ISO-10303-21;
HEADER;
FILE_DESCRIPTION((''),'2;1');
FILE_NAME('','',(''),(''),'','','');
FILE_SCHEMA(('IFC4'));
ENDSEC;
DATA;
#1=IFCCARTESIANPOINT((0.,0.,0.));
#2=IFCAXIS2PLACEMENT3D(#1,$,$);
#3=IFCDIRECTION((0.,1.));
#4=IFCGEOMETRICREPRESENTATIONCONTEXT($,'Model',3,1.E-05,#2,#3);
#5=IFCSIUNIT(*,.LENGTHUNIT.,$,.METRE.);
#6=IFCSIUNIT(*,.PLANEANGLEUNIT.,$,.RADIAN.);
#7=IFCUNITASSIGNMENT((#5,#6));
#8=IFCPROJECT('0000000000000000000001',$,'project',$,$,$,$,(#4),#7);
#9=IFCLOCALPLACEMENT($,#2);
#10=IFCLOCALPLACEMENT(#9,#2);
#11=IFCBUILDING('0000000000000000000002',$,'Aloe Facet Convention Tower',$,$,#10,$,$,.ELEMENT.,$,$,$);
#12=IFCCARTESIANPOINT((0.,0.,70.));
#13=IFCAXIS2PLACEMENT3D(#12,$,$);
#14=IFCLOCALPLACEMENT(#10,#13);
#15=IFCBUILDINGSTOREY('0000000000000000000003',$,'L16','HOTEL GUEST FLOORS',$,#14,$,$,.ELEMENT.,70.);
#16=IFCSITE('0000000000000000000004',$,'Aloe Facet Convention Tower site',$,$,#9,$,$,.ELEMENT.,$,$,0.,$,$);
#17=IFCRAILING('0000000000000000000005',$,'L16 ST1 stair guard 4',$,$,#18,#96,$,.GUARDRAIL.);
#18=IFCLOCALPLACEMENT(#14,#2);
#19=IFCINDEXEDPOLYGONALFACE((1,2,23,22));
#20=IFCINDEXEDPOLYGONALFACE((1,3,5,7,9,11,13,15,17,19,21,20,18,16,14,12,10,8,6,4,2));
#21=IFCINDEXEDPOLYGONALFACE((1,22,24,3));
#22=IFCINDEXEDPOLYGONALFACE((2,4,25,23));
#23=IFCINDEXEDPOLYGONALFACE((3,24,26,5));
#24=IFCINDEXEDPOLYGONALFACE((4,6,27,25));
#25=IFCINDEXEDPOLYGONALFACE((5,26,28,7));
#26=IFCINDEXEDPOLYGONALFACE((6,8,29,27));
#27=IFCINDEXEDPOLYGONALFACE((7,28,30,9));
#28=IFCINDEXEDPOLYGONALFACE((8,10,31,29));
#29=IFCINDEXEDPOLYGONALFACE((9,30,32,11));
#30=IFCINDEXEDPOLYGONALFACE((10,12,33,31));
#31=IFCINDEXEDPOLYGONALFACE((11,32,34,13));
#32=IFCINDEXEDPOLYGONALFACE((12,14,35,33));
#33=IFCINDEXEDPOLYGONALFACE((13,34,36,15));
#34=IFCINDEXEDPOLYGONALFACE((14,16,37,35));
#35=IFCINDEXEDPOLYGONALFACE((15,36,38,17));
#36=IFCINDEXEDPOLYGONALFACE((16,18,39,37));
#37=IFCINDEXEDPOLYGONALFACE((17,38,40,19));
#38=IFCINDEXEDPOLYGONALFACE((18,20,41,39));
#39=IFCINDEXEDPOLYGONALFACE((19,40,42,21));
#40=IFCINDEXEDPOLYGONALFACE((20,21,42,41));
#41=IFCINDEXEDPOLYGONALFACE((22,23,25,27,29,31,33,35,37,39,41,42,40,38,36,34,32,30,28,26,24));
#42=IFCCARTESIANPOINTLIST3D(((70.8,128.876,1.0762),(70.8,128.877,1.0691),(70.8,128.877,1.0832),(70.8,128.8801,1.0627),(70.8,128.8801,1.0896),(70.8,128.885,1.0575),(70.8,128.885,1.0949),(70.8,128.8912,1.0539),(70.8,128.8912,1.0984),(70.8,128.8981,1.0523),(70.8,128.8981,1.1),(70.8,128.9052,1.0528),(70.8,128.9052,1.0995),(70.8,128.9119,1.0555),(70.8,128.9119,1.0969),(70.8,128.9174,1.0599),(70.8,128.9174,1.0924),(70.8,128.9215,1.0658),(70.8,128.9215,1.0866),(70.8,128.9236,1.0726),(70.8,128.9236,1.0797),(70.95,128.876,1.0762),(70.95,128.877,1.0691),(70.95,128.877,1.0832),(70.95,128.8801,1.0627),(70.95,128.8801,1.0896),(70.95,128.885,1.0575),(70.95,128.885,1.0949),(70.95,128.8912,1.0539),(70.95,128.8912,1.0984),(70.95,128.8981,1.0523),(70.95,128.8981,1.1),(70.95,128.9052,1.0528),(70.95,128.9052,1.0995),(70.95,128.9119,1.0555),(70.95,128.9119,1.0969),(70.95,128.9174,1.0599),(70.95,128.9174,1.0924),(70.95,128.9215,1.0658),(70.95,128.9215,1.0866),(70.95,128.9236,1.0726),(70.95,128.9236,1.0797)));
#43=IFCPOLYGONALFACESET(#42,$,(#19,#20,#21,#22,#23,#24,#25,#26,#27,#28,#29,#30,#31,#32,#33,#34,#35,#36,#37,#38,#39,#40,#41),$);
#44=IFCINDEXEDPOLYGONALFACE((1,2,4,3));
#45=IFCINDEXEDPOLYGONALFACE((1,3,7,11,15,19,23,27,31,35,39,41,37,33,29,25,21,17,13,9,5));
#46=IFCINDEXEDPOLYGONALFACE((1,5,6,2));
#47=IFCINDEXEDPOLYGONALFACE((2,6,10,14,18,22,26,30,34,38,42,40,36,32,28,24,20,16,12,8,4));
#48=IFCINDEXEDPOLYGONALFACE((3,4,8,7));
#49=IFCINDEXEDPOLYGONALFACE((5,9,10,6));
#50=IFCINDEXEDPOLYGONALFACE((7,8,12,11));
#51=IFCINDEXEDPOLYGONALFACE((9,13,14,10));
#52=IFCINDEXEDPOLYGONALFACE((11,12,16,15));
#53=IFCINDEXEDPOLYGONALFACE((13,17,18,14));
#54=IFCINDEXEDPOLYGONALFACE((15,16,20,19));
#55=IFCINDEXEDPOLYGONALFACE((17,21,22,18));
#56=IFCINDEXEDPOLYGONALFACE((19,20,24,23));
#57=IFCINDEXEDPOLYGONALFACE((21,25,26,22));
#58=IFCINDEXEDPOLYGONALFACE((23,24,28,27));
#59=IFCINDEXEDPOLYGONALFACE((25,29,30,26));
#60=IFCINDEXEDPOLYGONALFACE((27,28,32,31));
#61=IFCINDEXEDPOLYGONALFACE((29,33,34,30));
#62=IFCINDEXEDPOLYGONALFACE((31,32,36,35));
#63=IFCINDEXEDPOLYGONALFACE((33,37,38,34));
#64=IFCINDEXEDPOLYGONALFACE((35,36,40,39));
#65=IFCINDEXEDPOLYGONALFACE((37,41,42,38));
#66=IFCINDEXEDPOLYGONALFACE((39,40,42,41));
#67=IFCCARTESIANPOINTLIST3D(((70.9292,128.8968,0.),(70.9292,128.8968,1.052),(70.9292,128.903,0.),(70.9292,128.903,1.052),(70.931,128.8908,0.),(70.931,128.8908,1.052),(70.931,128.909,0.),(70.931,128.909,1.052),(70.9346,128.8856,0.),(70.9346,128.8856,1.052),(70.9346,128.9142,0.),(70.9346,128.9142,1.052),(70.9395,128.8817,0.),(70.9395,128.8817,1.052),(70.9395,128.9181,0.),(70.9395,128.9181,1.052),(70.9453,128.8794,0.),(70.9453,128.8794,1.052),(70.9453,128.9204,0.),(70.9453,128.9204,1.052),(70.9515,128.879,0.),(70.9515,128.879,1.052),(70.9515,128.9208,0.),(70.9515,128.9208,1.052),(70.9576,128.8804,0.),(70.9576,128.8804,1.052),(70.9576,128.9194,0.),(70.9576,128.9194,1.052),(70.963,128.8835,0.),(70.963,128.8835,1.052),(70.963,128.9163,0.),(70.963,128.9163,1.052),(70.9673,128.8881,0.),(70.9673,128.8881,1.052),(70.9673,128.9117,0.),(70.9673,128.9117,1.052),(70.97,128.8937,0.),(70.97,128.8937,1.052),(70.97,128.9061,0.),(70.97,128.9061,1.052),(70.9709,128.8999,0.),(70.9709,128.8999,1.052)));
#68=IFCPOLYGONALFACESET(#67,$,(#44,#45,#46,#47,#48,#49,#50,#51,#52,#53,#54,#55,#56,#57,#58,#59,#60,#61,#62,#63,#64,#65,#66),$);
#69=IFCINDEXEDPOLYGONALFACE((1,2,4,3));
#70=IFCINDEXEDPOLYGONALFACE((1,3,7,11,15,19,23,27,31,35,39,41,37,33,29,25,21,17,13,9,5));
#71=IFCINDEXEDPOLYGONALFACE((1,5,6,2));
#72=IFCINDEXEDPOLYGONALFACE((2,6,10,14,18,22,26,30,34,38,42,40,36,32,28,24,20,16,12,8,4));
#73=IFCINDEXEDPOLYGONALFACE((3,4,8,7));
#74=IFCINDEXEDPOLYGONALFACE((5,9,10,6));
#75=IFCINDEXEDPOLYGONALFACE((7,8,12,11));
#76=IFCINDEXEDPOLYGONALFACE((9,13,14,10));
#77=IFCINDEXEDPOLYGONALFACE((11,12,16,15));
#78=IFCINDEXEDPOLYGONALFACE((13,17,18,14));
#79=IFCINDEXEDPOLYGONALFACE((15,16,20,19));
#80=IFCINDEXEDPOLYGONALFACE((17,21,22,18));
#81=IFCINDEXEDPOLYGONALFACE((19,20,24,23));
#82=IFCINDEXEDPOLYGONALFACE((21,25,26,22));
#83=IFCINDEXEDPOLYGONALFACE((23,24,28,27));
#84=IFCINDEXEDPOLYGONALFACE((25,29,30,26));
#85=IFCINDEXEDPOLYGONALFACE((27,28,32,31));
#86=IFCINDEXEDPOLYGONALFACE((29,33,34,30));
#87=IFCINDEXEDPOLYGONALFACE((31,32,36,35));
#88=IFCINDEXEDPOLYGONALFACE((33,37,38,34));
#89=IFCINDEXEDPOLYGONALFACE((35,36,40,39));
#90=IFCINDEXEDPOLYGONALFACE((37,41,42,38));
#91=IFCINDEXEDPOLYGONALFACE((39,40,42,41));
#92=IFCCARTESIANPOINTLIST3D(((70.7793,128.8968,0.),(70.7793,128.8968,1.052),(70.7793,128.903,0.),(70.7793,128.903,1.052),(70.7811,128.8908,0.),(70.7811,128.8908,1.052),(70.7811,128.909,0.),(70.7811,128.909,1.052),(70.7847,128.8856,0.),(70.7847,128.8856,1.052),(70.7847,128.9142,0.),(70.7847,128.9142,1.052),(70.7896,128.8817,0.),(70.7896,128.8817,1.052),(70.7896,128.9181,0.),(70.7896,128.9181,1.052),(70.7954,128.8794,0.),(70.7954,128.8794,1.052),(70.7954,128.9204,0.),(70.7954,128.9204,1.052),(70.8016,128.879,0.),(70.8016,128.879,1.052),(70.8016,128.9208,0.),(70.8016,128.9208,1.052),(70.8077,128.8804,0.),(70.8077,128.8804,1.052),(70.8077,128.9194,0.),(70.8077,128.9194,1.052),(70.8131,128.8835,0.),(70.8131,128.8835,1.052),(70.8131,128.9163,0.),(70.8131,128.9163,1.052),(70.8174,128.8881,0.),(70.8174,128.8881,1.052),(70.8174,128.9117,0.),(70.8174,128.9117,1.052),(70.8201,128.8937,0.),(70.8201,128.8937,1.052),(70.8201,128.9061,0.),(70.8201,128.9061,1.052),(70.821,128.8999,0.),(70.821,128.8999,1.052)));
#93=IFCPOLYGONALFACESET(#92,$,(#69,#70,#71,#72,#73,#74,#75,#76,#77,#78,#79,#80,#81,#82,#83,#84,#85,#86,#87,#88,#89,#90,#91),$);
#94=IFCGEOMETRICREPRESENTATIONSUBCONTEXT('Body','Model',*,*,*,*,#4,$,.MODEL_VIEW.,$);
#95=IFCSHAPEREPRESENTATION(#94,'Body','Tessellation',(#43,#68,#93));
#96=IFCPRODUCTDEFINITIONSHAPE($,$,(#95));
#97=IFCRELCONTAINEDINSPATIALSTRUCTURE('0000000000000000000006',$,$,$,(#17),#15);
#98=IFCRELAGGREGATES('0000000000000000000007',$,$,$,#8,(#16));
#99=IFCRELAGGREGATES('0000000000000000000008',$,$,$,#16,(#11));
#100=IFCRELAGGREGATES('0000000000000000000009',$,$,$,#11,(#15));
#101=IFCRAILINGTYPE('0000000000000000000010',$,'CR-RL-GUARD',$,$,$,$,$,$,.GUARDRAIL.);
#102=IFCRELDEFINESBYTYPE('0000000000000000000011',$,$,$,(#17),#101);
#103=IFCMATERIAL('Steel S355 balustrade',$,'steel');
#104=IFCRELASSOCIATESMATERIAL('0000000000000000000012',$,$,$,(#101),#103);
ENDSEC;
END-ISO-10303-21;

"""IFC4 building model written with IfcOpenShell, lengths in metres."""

from ifc_helpers import new_model, si_unit, direction, frame, origin, origin_2d, place, context, subcontext, project, spatial, circle, extrude, material, type_object, element, save


model = new_model("IFC4")

# Units and contexts
model_context = context("Model", 3, precision=1e-05, world=origin(), true_north=direction((0.0, 1.0)))
body_context = subcontext(model_context, "Body", "Model", "MODEL_VIEW")
ifc_project = project(units=[si_unit("LENGTHUNIT", "METRE"), si_unit("PLANEANGLEUNIT", "RADIAN")], contexts=[model_context])

# Site, building, storey
site_placement = place(None, origin())
site = spatial("IfcSite", under=ifc_project, at=site_placement, Name="Aloe Facet Convention Tower site", CompositionType="ELEMENT", RefElevation=0.0)
building_placement = place(site_placement, origin())
building = spatial("IfcBuilding", under=site, at=building_placement, Name="Aloe Facet Convention Tower", CompositionType="ELEMENT")
storey_placement = place(building_placement, frame((0.0, 0.0, 70.0)))
storey = spatial("IfcBuildingStorey", under=building, at=storey_placement, Name="L16", Description="HOTEL GUEST FLOORS", CompositionType="ELEMENT", Elevation=70.0)

# Railing
ifc_material_1 = material(Name="Steel S355 balustrade", Category="steel")
railing_type_1 = type_object("IfcRailingType", Name="CR-RL-GUARD", PredefinedType="GUARDRAIL", material=ifc_material_1)
railing_1_placement = place(storey_placement, frame((70.95, 128.8999, 0.0)))
element("IfcRailing", 1, at=railing_1_placement, inside=storey, type_object=railing_type_1, Name="L16 ST1 stair guard 4", PredefinedType="GUARDRAIL", context=body_context, shape_type="SweptSolid", body=[
    extrude(circle(Radius=0.0239, at=origin_2d()), frame((0.0, 0.0, 1.0762), z_axis=(-1.0, 0.0, 0.0), x_axis=(0.0, -1.0, 0.0)), (0.0, 0.0, 1.0), 0.1499),
    extrude(circle(Radius=0.021, at=origin_2d()), origin(), (0.0, 0.0, 1.0), 1.052),
    extrude(circle(Radius=0.021, at=origin_2d()), frame((-0.1499, 0.0, 0.0)), (0.0, 0.0, 1.0), 1.052),
])

save(model, "model.ifc")
